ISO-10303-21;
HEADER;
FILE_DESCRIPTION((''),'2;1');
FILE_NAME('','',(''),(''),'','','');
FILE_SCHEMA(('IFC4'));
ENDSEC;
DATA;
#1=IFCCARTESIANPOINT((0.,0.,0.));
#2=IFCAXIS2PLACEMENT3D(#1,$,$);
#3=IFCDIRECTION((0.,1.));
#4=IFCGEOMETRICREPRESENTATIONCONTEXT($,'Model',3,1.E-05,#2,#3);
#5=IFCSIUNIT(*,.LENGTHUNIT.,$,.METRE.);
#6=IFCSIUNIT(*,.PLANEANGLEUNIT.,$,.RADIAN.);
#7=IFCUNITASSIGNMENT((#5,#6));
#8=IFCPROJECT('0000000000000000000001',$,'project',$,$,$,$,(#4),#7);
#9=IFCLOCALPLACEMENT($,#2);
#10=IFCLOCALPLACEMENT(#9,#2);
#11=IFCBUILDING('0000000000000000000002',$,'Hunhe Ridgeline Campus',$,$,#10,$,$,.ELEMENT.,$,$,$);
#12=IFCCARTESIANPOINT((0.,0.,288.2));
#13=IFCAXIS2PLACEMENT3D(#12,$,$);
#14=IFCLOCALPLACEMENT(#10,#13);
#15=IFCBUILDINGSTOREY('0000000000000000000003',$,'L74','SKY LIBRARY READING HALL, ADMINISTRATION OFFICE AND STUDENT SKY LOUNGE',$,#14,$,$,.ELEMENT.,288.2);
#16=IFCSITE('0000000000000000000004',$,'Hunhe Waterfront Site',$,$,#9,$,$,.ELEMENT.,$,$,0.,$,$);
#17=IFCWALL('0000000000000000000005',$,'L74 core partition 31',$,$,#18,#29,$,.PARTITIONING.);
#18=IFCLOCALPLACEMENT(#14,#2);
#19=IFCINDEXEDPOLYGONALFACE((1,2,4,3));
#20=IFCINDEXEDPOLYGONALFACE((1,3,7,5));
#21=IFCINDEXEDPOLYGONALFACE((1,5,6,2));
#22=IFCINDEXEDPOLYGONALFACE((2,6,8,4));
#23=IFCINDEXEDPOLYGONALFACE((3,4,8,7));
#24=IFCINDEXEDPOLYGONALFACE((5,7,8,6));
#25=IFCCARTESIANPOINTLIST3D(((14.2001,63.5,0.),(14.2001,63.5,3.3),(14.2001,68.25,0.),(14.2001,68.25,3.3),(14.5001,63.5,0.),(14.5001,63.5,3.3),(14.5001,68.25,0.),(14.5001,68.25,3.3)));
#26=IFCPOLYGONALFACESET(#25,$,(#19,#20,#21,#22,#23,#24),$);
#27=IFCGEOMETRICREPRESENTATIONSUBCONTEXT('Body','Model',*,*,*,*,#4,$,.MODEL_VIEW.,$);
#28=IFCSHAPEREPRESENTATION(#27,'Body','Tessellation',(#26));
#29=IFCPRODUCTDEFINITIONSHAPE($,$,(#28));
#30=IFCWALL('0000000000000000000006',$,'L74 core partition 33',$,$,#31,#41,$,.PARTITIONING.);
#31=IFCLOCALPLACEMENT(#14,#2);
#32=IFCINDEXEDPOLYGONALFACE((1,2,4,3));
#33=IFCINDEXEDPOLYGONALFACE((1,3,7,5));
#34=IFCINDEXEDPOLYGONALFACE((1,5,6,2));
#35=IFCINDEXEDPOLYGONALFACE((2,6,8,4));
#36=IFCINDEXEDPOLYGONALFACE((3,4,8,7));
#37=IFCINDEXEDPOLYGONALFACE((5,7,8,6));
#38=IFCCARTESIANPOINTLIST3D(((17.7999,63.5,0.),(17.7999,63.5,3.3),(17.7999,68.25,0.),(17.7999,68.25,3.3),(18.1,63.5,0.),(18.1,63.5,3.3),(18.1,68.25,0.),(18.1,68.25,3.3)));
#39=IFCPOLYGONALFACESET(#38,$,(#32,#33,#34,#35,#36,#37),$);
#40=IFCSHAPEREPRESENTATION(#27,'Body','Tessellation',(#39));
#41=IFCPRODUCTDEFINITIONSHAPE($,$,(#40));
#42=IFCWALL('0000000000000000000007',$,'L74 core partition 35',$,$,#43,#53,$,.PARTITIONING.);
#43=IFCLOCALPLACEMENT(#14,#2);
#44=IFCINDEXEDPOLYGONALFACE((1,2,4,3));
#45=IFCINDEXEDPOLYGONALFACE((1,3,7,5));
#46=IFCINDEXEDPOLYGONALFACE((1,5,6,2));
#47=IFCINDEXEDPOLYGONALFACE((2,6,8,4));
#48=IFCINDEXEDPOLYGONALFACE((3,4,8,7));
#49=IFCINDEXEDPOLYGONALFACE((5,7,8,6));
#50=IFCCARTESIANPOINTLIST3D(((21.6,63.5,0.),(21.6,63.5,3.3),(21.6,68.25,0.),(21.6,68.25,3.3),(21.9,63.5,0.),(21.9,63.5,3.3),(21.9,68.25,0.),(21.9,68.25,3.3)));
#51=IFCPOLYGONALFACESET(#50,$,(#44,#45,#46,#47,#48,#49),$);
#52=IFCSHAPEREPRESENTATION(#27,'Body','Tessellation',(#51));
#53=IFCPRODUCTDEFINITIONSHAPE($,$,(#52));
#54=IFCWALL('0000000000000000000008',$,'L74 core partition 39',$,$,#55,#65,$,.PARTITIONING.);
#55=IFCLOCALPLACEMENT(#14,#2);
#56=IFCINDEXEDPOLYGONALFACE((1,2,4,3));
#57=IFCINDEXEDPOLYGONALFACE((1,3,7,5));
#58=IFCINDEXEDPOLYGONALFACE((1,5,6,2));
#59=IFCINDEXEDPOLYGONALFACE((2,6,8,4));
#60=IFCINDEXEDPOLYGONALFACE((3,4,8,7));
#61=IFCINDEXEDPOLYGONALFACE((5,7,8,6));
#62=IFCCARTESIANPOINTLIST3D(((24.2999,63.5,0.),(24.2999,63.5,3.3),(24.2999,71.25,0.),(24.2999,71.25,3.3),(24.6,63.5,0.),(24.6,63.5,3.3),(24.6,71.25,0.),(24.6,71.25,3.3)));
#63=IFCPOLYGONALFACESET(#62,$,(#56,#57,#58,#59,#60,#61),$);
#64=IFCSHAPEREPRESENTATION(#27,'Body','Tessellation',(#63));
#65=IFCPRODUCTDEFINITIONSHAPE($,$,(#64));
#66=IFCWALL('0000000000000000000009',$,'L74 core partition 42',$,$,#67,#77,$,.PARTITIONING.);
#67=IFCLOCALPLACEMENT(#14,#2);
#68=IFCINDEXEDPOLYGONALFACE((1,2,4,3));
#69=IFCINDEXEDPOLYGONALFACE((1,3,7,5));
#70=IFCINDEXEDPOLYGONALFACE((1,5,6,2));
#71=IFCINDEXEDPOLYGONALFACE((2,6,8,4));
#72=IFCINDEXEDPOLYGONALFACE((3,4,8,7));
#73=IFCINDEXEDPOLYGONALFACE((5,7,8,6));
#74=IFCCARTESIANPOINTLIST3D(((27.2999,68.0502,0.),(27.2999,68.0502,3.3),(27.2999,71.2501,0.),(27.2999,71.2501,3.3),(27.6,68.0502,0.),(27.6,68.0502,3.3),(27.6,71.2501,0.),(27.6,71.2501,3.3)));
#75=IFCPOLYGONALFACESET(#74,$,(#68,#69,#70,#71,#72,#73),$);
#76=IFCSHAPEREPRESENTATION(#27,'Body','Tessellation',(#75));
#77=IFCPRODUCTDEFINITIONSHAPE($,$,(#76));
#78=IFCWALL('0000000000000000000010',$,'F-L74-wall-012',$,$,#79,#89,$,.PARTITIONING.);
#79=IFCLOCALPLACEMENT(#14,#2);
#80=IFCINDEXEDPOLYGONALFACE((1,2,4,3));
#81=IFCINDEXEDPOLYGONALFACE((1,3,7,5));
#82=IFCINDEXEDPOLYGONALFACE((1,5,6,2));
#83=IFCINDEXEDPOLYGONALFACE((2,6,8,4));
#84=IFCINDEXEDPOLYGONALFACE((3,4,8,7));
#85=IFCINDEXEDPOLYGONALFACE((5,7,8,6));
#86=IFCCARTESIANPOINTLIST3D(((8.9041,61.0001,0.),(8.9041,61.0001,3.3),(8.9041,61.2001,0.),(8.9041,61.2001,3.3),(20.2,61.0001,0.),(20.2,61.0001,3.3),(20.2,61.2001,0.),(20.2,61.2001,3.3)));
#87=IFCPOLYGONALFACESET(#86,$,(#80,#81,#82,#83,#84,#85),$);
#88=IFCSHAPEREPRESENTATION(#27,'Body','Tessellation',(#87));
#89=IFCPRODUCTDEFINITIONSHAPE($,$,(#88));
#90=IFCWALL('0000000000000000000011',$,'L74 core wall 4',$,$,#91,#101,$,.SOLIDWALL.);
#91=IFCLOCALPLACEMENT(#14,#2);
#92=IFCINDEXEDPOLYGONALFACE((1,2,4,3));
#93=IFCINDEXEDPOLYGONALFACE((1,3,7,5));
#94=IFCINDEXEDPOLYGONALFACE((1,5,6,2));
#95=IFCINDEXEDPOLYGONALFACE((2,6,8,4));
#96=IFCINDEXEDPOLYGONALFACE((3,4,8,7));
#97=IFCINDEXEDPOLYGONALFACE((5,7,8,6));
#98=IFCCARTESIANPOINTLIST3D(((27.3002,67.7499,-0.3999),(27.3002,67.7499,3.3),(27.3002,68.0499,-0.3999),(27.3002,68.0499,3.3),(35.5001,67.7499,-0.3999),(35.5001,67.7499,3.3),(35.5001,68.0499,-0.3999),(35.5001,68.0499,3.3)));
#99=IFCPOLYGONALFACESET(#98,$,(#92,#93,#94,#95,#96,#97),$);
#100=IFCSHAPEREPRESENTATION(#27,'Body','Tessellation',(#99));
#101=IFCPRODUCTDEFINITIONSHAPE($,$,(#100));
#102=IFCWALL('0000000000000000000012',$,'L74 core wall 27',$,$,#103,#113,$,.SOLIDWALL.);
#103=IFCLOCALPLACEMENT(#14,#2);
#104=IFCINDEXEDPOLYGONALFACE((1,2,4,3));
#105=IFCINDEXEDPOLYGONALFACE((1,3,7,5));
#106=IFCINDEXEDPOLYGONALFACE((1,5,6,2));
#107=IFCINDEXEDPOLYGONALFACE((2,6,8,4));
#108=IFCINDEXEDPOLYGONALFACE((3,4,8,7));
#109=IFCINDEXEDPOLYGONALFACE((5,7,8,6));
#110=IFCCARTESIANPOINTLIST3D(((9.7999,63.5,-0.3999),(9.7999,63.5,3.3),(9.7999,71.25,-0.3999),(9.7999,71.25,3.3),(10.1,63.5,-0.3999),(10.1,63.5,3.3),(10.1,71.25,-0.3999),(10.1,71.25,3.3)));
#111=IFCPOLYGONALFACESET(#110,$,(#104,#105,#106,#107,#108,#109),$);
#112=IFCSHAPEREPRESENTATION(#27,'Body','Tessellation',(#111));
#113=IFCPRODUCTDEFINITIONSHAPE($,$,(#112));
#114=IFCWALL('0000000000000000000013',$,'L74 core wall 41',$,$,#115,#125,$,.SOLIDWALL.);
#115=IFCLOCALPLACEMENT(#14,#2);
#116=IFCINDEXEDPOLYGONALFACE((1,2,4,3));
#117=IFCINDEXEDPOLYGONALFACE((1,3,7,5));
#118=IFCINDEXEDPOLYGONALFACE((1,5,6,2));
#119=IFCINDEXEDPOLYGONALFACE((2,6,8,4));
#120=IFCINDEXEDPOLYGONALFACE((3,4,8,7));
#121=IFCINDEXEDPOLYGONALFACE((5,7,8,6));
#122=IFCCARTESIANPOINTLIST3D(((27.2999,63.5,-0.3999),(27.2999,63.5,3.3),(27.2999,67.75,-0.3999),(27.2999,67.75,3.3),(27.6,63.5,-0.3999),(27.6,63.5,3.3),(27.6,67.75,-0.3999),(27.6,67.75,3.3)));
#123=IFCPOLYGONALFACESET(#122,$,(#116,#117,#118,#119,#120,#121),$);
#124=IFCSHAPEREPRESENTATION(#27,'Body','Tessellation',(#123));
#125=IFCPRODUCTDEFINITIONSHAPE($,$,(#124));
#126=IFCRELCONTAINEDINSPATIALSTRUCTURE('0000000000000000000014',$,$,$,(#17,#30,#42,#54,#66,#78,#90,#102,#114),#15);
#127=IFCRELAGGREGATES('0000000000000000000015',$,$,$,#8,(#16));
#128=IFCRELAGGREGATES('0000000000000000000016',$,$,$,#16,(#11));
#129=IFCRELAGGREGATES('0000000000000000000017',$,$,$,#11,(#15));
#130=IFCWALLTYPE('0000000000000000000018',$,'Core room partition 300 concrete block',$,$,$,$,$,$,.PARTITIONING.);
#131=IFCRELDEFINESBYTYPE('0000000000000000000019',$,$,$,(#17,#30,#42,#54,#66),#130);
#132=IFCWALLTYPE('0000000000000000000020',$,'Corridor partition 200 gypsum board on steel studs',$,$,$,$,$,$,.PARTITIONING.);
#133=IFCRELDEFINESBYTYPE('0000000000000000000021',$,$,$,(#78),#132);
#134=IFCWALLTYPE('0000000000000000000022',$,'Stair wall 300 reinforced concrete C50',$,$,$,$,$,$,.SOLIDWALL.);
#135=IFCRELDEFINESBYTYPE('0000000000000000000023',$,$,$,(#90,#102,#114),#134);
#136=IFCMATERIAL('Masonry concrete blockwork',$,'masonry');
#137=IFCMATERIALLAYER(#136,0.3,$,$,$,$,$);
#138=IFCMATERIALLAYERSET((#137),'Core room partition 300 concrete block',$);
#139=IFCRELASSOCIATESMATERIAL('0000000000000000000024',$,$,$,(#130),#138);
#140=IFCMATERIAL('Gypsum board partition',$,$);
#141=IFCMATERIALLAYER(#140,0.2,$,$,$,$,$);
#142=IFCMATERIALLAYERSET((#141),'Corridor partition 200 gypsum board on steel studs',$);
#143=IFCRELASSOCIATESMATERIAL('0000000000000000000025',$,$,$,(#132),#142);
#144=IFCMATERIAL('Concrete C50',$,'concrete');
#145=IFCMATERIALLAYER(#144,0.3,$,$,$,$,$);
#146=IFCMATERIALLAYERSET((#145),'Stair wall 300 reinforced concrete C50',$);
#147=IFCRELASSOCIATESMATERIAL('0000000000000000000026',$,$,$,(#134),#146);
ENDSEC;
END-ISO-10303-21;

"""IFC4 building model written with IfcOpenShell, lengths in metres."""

from ifc_helpers import new_model, si_unit, direction, frame, frame_2d, origin, place, context, subcontext, project, spatial, rectangle, extrude, material, layer, layer_set, type_object, element, save


model = new_model("IFC4")

# Units and contexts
model_context = context("Model", 3, precision=1e-05, world=origin(), true_north=direction((0.0, 1.0)))
body_context = subcontext(model_context, "Body", "Model", "MODEL_VIEW")
ifc_project = project(units=[si_unit("LENGTHUNIT", "METRE"), si_unit("PLANEANGLEUNIT", "RADIAN")], contexts=[model_context])

# Site, building, storey
site_placement = place(None, origin())
site = spatial("IfcSite", under=ifc_project, at=site_placement, Name="Hunhe Waterfront Site", CompositionType="ELEMENT", RefElevation=0.0)
building_placement = place(site_placement, origin())
building = spatial("IfcBuilding", under=site, at=building_placement, Name="Hunhe Ridgeline Campus", CompositionType="ELEMENT")
storey_placement = place(building_placement, frame((0.0, 0.0, 288.2)))
storey = spatial("IfcBuildingStorey", under=building, at=storey_placement, Name="L74", Description="SKY LIBRARY READING HALL, ADMINISTRATION OFFICE AND STUDENT SKY LOUNGE", CompositionType="ELEMENT", Elevation=288.2)

# Shared definitions
ifc_material_1 = material(Name="Masonry concrete blockwork", Category="masonry")
ifc_layer_1 = layer(ifc_material_1, 0.3)
ifc_layer_set_1 = layer_set([ifc_layer_1], Name="Core room partition 300 concrete block")
wall_type_1 = type_object("IfcWallType", Name="Core room partition 300 concrete block", PredefinedType="PARTITIONING", material=ifc_layer_set_1)

# Walls
for number, where, z_axis, x_axis, name in (
    (1, (14.3501, 63.5, 0.0), (0.0, 0.0, 1.0), (0.0, 1.0, 0.0), "L74 core partition 31"),
    (2, (17.95, 63.5, 0.0), (0.0, 0.0, 1.0), (0.0, 1.0, 0.0), "L74 core partition 33"),
    (3, (21.75, 63.5, 0.0), (0.0, 0.0, 1.0), (0.0, 1.0, 0.0), "L74 core partition 35"),
):
    element("IfcWall", number, at=place(storey_placement, frame(where, z_axis=z_axis, x_axis=x_axis)), inside=storey, type_object=wall_type_1, Name=name, PredefinedType="PARTITIONING", context=body_context, shape_type="SweptSolid", body=[
        extrude(rectangle(XDim=4.75, YDim=0.3, at=frame_2d((2.375, 0.0))), origin(), (0.0, 0.0, 1.0), 3.3),
    ])
wall_1_placement = place(storey_placement, frame((24.45, 63.5, 0.0), z_axis=(0.0, 0.0, 1.0), x_axis=(0.0, 1.0, 0.0)))
element("IfcWall", 4, at=wall_1_placement, inside=storey, type_object=wall_type_1, Name="L74 core partition 39", PredefinedType="PARTITIONING", context=body_context, shape_type="SweptSolid", body=[
    extrude(rectangle(XDim=7.75, YDim=0.3, at=frame_2d((3.875, 0.0))), origin(), (0.0, 0.0, 1.0), 3.3),
])
wall_2_placement = place(storey_placement, frame((27.45, 68.05, 0.0), z_axis=(0.0, 0.0, 1.0), x_axis=(0.0, 1.0, 0.0)))
element("IfcWall", 5, at=wall_2_placement, inside=storey, type_object=wall_type_1, Name="L74 core partition 42", PredefinedType="PARTITIONING", context=body_context, shape_type="SweptSolid", body=[
    extrude(rectangle(XDim=3.2, YDim=0.3, at=frame_2d((1.6001, 0.0))), origin(), (0.0, 0.0, 1.0), 3.3),
])
ifc_material_2 = material(Name="Gypsum board partition")
ifc_layer_2 = layer(ifc_material_2, 0.2)
ifc_layer_set_2 = layer_set([ifc_layer_2], Name="Corridor partition 200 gypsum board on steel studs")
wall_type_2 = type_object("IfcWallType", Name="Corridor partition 200 gypsum board on steel studs", PredefinedType="PARTITIONING", material=ifc_layer_set_2)
wall_3_placement = place(storey_placement, frame((20.2, 61.1001, 0.0), z_axis=(0.0, 0.0, 1.0), x_axis=(-1.0, 0.0, 0.0)))
element("IfcWall", 6, at=wall_3_placement, inside=storey, type_object=wall_type_2, Name="F-L74-wall-012", PredefinedType="PARTITIONING", context=body_context, shape_type="SweptSolid", body=[
    extrude(rectangle(XDim=11.2959, YDim=0.2, at=frame_2d((5.6479, 0.0))), origin(), (0.0, 0.0, 1.0), 3.3),
])

# Walls
ifc_material_3 = material(Name="Concrete C50", Category="concrete")
ifc_layer_3 = layer(ifc_material_3, 0.3)
ifc_layer_set_3 = layer_set([ifc_layer_3], Name="Stair wall 300 reinforced concrete C50")
wall_type_3 = type_object("IfcWallType", Name="Stair wall 300 reinforced concrete C50", PredefinedType="SOLIDWALL", material=ifc_layer_set_3)
wall_4_placement = place(storey_placement, frame((27.3, 67.8999, -0.3999), z_axis=(0.0, 0.0, 1.0), x_axis=(1.0, 0.0, 0.0)))
element("IfcWall", 7, at=wall_4_placement, inside=storey, type_object=wall_type_3, Name="L74 core wall 4", PredefinedType="SOLIDWALL", context=body_context, shape_type="SweptSolid", body=[
    extrude(rectangle(XDim=8.2, YDim=0.3, at=frame_2d((4.1001, 0.0))), origin(), (0.0, 0.0, 1.0), 3.7),
])
wall_5_placement = place(storey_placement, frame((9.95, 63.5, -0.3999), z_axis=(0.0, 0.0, 1.0), x_axis=(0.0, 1.0, 0.0)))
element("IfcWall", 8, at=wall_5_placement, inside=storey, type_object=wall_type_3, Name="L74 core wall 27", PredefinedType="SOLIDWALL", context=body_context, shape_type="SweptSolid", body=[
    extrude(rectangle(XDim=7.75, YDim=0.3, at=frame_2d((3.875, 0.0))), origin(), (0.0, 0.0, 1.0), 3.7),
])
wall_6_placement = place(storey_placement, frame((27.45, 63.5, -0.3999), z_axis=(0.0, 0.0, 1.0), x_axis=(0.0, 1.0, 0.0)))
element("IfcWall", 9, at=wall_6_placement, inside=storey, type_object=wall_type_3, Name="L74 core wall 41", PredefinedType="SOLIDWALL", context=body_context, shape_type="SweptSolid", body=[
    extrude(rectangle(XDim=4.25, YDim=0.3, at=frame_2d((2.125, 0.0))), origin(), (0.0, 0.0, 1.0), 3.7),
])

save(model, "model.ifc")
